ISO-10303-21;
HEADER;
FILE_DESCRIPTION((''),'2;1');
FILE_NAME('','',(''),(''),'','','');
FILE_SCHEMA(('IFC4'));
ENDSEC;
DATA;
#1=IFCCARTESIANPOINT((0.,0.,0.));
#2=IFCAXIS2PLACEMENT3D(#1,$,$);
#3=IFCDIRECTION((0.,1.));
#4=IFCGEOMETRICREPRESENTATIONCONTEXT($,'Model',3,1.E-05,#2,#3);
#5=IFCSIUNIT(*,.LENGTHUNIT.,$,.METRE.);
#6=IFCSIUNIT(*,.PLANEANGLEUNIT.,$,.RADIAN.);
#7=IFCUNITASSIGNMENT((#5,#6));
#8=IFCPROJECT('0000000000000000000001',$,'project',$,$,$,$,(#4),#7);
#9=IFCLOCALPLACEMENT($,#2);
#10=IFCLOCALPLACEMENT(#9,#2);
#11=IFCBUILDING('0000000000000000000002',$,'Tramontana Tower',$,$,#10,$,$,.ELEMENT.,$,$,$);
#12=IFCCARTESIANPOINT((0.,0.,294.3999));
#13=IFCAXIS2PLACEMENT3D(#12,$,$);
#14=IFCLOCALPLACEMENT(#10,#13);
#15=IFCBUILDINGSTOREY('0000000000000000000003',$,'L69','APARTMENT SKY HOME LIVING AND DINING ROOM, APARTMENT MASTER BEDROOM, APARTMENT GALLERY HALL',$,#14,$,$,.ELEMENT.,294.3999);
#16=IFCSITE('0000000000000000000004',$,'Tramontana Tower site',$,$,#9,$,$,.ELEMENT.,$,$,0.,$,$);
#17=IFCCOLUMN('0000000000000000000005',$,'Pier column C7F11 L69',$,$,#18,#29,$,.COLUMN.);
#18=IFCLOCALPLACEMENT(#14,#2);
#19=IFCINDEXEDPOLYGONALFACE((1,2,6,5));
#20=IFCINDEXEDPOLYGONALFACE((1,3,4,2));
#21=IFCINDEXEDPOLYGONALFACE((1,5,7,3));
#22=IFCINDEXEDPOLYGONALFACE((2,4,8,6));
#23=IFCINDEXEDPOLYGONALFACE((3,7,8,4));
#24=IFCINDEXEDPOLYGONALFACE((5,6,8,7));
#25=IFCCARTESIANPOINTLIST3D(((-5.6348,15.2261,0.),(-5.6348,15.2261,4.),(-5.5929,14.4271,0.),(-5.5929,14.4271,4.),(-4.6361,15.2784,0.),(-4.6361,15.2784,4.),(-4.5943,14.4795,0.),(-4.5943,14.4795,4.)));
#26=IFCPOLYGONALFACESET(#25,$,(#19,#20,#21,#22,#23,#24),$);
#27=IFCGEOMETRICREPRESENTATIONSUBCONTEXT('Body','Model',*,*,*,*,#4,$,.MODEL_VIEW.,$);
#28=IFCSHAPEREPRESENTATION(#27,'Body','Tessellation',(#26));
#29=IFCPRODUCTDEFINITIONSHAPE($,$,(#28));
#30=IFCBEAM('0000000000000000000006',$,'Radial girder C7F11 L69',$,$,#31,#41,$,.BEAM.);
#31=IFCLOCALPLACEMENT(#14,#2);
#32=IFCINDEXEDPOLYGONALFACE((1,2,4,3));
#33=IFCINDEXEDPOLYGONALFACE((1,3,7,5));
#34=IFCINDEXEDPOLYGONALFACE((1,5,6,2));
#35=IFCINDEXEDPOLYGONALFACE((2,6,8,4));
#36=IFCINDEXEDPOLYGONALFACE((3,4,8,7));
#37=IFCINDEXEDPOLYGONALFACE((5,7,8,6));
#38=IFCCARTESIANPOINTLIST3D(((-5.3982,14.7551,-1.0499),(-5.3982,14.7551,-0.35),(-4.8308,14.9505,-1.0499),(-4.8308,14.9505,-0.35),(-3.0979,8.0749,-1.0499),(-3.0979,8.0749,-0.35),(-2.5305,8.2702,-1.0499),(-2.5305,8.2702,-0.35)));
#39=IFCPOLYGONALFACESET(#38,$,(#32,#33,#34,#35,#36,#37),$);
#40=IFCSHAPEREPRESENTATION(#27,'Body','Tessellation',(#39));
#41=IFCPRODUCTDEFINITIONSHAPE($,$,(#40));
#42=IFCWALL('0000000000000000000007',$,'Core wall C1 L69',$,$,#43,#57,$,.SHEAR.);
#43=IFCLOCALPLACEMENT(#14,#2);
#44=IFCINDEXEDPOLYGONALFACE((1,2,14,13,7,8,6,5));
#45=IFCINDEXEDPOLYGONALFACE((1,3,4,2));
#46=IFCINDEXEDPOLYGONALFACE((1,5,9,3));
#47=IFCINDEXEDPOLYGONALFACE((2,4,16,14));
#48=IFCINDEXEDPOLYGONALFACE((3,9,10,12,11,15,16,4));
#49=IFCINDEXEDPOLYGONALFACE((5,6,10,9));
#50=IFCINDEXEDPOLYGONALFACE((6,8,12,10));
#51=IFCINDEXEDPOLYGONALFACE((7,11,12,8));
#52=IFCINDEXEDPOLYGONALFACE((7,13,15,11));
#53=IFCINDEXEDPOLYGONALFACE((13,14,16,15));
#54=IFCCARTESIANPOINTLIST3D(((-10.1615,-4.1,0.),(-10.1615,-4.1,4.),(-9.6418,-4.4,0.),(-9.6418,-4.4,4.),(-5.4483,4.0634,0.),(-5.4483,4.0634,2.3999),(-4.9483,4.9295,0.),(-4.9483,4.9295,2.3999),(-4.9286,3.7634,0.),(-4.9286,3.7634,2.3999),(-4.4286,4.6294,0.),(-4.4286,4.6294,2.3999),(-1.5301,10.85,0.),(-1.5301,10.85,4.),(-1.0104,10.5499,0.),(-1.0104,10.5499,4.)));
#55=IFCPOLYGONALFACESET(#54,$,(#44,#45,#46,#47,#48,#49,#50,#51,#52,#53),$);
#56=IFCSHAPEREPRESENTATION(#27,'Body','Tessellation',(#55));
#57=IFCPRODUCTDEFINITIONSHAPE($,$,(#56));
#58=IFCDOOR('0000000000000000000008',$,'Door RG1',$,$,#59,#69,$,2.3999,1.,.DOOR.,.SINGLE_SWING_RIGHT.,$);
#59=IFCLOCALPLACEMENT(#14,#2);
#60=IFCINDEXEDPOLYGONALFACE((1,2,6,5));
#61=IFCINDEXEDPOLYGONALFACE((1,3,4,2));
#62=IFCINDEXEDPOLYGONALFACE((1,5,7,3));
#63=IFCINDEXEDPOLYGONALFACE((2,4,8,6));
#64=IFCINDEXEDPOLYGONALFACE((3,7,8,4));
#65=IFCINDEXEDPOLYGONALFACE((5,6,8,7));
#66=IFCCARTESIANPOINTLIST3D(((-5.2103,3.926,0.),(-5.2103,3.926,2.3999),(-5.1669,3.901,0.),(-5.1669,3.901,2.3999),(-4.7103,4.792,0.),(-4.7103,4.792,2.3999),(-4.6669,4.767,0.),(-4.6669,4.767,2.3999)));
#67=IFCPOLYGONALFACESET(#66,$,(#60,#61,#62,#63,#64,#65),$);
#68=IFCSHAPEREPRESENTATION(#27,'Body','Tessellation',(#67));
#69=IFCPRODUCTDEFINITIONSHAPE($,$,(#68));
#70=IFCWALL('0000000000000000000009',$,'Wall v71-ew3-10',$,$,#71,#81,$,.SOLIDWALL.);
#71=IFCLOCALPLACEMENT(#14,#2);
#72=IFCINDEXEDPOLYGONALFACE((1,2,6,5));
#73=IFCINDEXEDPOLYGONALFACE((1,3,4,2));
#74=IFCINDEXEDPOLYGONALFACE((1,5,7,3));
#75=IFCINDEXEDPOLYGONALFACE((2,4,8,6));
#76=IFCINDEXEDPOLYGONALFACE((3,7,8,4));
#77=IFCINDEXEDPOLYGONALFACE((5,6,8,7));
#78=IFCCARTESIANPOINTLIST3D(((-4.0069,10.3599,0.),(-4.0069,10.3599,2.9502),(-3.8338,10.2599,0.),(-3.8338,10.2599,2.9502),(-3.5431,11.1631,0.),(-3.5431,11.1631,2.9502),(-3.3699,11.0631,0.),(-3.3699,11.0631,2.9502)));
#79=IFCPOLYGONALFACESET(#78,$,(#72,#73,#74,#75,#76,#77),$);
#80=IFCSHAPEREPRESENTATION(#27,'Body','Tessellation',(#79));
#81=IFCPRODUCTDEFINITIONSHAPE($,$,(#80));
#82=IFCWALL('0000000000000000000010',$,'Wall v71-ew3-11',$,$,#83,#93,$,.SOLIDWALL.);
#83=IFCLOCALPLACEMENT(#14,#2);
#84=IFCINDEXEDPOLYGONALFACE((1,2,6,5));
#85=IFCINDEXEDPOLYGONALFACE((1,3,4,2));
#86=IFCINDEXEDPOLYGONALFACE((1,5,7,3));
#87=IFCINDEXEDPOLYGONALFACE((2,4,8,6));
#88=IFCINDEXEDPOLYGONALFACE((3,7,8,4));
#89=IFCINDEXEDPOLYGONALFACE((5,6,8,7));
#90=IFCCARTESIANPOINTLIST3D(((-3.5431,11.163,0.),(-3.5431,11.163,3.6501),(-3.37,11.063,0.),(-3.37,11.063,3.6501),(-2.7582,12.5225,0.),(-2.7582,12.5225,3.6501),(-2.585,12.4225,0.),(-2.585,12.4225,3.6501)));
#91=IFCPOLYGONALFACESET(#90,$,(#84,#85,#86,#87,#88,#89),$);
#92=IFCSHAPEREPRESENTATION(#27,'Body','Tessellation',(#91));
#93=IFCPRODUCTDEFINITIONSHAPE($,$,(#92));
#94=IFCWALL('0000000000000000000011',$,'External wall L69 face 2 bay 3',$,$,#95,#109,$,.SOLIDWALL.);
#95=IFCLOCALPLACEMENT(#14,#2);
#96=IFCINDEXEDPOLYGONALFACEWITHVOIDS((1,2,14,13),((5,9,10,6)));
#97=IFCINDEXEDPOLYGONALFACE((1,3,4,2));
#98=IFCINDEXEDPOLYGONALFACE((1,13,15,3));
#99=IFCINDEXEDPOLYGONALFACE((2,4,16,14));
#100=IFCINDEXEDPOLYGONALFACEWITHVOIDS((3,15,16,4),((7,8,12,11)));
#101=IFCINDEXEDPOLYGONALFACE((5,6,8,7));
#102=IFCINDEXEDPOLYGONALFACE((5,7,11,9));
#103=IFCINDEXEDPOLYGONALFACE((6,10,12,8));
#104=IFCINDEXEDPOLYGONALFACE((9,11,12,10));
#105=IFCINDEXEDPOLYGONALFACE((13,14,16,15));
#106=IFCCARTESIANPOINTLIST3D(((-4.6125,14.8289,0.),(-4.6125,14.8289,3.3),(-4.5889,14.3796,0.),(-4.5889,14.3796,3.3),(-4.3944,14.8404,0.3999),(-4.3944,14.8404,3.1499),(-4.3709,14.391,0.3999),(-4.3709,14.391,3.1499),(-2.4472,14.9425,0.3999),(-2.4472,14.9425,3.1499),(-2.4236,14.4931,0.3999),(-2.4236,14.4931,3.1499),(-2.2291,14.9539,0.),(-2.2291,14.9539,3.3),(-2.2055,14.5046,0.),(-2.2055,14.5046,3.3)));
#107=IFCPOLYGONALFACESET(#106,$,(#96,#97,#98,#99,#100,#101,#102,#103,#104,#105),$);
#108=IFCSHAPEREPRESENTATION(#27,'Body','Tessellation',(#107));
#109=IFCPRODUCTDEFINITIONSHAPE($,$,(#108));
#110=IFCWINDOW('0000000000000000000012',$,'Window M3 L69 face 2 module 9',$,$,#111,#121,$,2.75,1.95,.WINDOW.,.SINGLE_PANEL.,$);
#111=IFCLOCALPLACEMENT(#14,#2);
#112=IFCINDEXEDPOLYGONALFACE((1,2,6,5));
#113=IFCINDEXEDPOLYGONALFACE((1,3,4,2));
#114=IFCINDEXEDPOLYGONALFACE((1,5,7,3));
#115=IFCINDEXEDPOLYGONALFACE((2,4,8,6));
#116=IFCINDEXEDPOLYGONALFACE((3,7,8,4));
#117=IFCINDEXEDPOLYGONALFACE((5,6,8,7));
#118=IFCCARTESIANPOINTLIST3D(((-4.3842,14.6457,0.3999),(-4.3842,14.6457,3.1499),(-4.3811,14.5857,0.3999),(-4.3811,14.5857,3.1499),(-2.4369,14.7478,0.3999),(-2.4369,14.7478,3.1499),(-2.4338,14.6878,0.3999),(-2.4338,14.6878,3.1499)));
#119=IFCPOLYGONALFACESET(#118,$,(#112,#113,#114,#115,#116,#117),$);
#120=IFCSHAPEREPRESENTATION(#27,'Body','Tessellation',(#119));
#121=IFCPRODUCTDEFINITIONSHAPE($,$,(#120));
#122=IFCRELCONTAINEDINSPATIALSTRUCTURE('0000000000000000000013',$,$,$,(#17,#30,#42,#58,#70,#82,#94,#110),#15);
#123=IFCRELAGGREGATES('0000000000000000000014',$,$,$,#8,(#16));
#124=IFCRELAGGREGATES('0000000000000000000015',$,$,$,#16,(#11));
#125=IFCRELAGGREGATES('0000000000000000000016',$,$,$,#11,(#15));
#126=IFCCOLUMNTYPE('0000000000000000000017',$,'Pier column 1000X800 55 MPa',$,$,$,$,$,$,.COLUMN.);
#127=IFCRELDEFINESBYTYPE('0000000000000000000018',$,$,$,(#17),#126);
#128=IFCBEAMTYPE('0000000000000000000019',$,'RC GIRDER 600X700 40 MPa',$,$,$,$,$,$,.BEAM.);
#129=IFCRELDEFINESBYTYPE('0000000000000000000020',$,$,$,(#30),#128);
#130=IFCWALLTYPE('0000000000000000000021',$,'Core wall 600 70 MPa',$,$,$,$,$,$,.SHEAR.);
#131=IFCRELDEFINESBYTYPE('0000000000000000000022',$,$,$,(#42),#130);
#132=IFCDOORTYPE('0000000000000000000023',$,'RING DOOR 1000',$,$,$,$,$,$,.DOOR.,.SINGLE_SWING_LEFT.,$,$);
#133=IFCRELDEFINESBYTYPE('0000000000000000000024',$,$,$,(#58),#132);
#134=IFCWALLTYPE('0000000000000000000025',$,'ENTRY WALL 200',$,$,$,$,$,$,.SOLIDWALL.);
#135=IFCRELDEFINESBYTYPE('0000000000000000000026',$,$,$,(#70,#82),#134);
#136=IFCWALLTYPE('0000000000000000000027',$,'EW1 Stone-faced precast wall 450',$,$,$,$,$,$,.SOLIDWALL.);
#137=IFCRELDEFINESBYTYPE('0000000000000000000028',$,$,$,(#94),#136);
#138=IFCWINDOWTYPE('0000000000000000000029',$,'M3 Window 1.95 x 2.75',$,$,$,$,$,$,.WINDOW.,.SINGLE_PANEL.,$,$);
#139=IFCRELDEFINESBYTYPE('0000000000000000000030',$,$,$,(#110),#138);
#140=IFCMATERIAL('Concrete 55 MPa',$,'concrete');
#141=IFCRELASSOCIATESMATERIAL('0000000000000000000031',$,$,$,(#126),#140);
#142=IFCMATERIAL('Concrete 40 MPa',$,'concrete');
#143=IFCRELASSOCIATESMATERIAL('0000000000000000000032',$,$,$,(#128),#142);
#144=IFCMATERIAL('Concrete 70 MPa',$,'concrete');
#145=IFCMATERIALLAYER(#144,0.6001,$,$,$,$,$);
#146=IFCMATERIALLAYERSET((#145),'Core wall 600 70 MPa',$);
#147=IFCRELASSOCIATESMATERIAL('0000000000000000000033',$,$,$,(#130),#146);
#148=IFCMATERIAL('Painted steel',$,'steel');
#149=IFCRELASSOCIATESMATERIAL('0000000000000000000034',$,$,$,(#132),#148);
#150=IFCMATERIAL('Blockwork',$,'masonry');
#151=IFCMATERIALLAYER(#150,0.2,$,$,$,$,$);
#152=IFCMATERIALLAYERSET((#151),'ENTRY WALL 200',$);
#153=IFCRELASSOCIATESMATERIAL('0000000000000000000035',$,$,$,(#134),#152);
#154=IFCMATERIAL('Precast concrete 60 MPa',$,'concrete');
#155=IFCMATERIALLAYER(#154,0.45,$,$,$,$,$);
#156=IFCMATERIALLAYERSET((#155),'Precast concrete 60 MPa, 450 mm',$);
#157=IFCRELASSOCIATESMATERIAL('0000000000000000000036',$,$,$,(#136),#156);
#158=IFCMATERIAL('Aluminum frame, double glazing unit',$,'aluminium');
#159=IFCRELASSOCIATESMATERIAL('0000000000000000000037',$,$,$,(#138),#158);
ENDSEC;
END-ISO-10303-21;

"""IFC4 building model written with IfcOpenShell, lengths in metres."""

from ifc_helpers import new_model, si_unit, direction, frame, frame_2d, origin, origin_2d, place, context, subcontext, project, spatial, rectangle, extrude, material, layer, layer_set, material_profile, profile_set, type_object, element, fill, save


model = new_model("IFC4")

# Units and contexts
model_context = context("Model", 3, precision=1e-05, world=origin(), true_north=direction((0.0, 1.0)))
body_context = subcontext(model_context, "Body", "Model", "MODEL_VIEW")
ifc_project = project(units=[si_unit("LENGTHUNIT", "METRE"), si_unit("PLANEANGLEUNIT", "RADIAN")], contexts=[model_context])

# Site, building, storey
site_placement = place(None, origin())
site = spatial("IfcSite", under=ifc_project, at=site_placement, Name="Tramontana Tower site", CompositionType="ELEMENT", RefElevation=0.0)
building_placement = place(site_placement, origin())
building = spatial("IfcBuilding", under=site, at=building_placement, Name="Tramontana Tower", CompositionType="ELEMENT")
storey_placement = place(building_placement, frame((0.0, 0.0, 294.3999)))
storey = spatial("IfcBuildingStorey", under=building, at=storey_placement, Name="L69", Description="APARTMENT SKY HOME LIVING AND DINING ROOM, APARTMENT MASTER BEDROOM, APARTMENT GALLERY HALL", CompositionType="ELEMENT", Elevation=294.3999)

# Column
ifc_material_1 = material(Name="Concrete 55 MPa", Category="concrete")
ifc_material_profile_1 = material_profile(ifc_material_1, rectangle(XDim=1.0, YDim=0.8, at=origin_2d()), Name="Pier column 1000X800 55 MPa")
ifc_profile_set_1 = profile_set([ifc_material_profile_1], Name="Concrete 55 MPa")
column_type = type_object("IfcColumnType", Name="Pier column 1000X800 55 MPa", PredefinedType="COLUMN", material=ifc_profile_set_1)
column_placement = place(storey_placement, frame((-5.1145, 14.8528, 0.0), z_axis=(0.0, 0.0, 1.0), x_axis=(-0.99863, -0.052336, 0.0)))
element("IfcColumn", 1, at=column_placement, inside=storey, type_object=column_type, Name="Pier column C7F11 L69", PredefinedType="COLUMN", context=body_context, shape_type="SweptSolid", body=[
    extrude(rectangle(XDim=1.0, YDim=0.8, at=origin_2d()), origin(), (0.0, 0.0, 1.0), 4.0),
])

# Beam
ifc_material_2 = material(Name="Concrete 40 MPa", Category="concrete")
ifc_material_profile_2 = material_profile(ifc_material_2, rectangle(XDim=0.6001, YDim=0.7, at=origin_2d()), Name="RC GIRDER 600X700 40 MPa")
ifc_profile_set_2 = profile_set([ifc_material_profile_2], Name="Concrete 40 MPa")
beam_type = type_object("IfcBeamType", Name="RC GIRDER 600X700 40 MPa", PredefinedType="BEAM", material=ifc_profile_set_2)
beam_placement = place(storey_placement, frame((-5.1145, 14.8528, -0.7), z_axis=(0.325584, -0.945513, 0.0), x_axis=(0.945513, 0.325584, 0.0)))
element("IfcBeam", 2, at=beam_placement, inside=storey, type_object=beam_type, Name="Radial girder C7F11 L69", PredefinedType="BEAM", context=body_context, shape_type="SweptSolid", body=[
    extrude(rectangle(XDim=0.6001, YDim=0.7, at=origin_2d()), origin(), (0.0, 0.0, 1.0), 7.0652),
])

# Wall, opening, door
ifc_material_3 = material(Name="Concrete 70 MPa", Category="concrete")
ifc_layer_1 = layer(ifc_material_3, 0.6001)
ifc_layer_set_1 = layer_set([ifc_layer_1], Name="Core wall 600 70 MPa")
wall_type_1 = type_object("IfcWallType", Name="Core wall 600 70 MPa", PredefinedType="SHEAR", material=ifc_layer_set_1)
wall_1_placement = place(storey_placement, frame((-1.2703, 10.7, 0.0), z_axis=(0.0, 0.0, 1.0), x_axis=(-0.5, -0.866026, 0.0)))
wall_1 = element("IfcWall", 3, at=wall_1_placement, inside=storey, type_object=wall_type_1, Name="Core wall C1 L69", PredefinedType="SHEAR", context=body_context, shape_type="SweptSolid", body=[
    extrude(rectangle(XDim=17.2627, YDim=0.6001, at=frame_2d((8.6313, 0.0))), origin(), (0.0, 0.0, 1.0), 4.0),
])
opening_1_placement = place(wall_1_placement, frame((6.8364, 0.0, 0.0)))
opening_1 = element("IfcOpeningElement", 4, at=opening_1_placement, cuts=wall_1, PredefinedType="OPENING", context=body_context, shape_type="SweptSolid", body=[
    extrude(rectangle(XDim=1.0, YDim=2.3999, at=frame_2d((0.5, 1.2))), frame((0.0, 0.3101, 0.0), z_axis=(0.0, -1.0, 0.0), x_axis=(1.0, 0.0, 0.0)), (0.0, 0.0, 1.0), 0.6201),
])
ifc_material_4 = material(Name="Painted steel", Category="steel")
door_type_1 = type_object("IfcDoorType", Name="RING DOOR 1000", OperationType="SINGLE_SWING_LEFT", PredefinedType="DOOR", material=ifc_material_4)
door_1_placement = place(opening_1_placement, origin())
door_1 = element("IfcDoor", 5, at=door_1_placement, inside=storey, type_object=door_type_1, Name="Door RG1", OperationType="SINGLE_SWING_RIGHT", OverallHeight=2.3999, OverallWidth=1.0, PredefinedType="DOOR", context=body_context, shape_type="SweptSolid", body=[
    extrude(rectangle(XDim=1.0, YDim=2.3999, at=frame_2d((0.5, 1.2))), frame((0.0, 0.0249, 0.0), z_axis=(0.0, -1.0, 0.0), x_axis=(1.0, 0.0, 0.0)), (0.0, 0.0, 1.0), 0.05),
])
fill(opening_1, door_1)

# Walls
ifc_material_5 = material(Name="Blockwork", Category="masonry")
ifc_layer_2 = layer(ifc_material_5, 0.2)
ifc_layer_set_2 = layer_set([ifc_layer_2], Name="ENTRY WALL 200")
wall_type_2 = type_object("IfcWallType", Name="ENTRY WALL 200", PredefinedType="SOLIDWALL", material=ifc_layer_set_2)
wall_2_placement = place(storey_placement, frame((-3.9204, 10.3098, 0.0), z_axis=(0.0, 0.0, 1.0), x_axis=(0.500102, 0.865966, 0.0)))
element("IfcWall", 6, at=wall_2_placement, inside=storey, type_object=wall_type_2, Name="Wall v71-ew3-10", PredefinedType="SOLIDWALL", context=body_context, shape_type="SweptSolid", body=[
    extrude(rectangle(XDim=0.9275, YDim=0.2, at=frame_2d((0.4639, 0.0))), origin(), (0.0, 0.0, 1.0), 2.9502),
])
wall_3_placement = place(storey_placement, frame((-3.4565, 11.113, 0.0), z_axis=(0.0, 0.0, 1.0), x_axis=(0.500037, 0.866004, 0.0)))
element("IfcWall", 7, at=wall_3_placement, inside=storey, type_object=wall_type_2, Name="Wall v71-ew3-11", PredefinedType="SOLIDWALL", context=body_context, shape_type="SweptSolid", body=[
    extrude(rectangle(XDim=1.5698, YDim=0.2, at=frame_2d((0.7849, 0.0))), origin(), (0.0, 0.0, 1.0), 3.6501),
])

# Wall, opening, window
ifc_material_6 = material(Name="Precast concrete 60 MPa", Category="concrete")
ifc_layer_3 = layer(ifc_material_6, 0.45)
ifc_layer_set_3 = layer_set([ifc_layer_3], Name="Precast concrete 60 MPa, 450 mm")
wall_type_3 = type_object("IfcWallType", Name="EW1 Stone-faced precast wall 450", PredefinedType="SOLIDWALL", material=ifc_layer_set_3)
wall_4_placement = place(storey_placement, frame((-2.2173, 14.7292, 0.0), z_axis=(0.0, 0.0, 1.0), x_axis=(-0.998628, -0.052371, 0.0)))
wall_4 = element("IfcWall", 8, at=wall_4_placement, inside=storey, type_object=wall_type_3, Name="External wall L69 face 2 bay 3", PredefinedType="SOLIDWALL", context=body_context, shape_type="SweptSolid", body=[
    extrude(rectangle(XDim=2.3867, YDim=0.45, at=frame_2d((1.1934, 0.0))), origin(), (0.0, 0.0, 1.0), 3.3),
])
opening_2_placement = place(wall_4_placement, frame((0.2183, 0.0, 0.3999)))
opening_2 = element("IfcOpeningElement", 9, at=opening_2_placement, cuts=wall_4, PredefinedType="OPENING", context=body_context, shape_type="SweptSolid", body=[
    extrude(rectangle(XDim=1.95, YDim=2.75, at=frame_2d((0.9751, 1.375))), frame((0.0, 0.2349, 0.0), z_axis=(0.0, -1.0, 0.0), x_axis=(1.0, 0.0, 0.0)), (0.0, 0.0, 1.0), 0.47),
])
ifc_material_7 = material(Name="Aluminum frame, double glazing unit", Category="aluminium")
window_type_1 = type_object("IfcWindowType", Name="M3 Window 1.95 x 2.75", PartitioningType="SINGLE_PANEL", PredefinedType="WINDOW", material=ifc_material_7)
window_1_placement = place(opening_2_placement, origin())
window_1 = element("IfcWindow", 10, at=window_1_placement, inside=storey, type_object=window_type_1, Name="Window M3 L69 face 2 module 9", OverallHeight=2.75, OverallWidth=1.95, PartitioningType="SINGLE_PANEL", PredefinedType="WINDOW", context=body_context, shape_type="SweptSolid", body=[
    extrude(rectangle(XDim=1.95, YDim=2.75, at=frame_2d((0.9751, 1.375))), frame((0.0, 0.03, 0.0), z_axis=(0.0, -1.0, 0.0), x_axis=(1.0, 0.0, 0.0)), (0.0, 0.0, 1.0), 0.0601),
])
fill(opening_2, window_1)

save(model, "model.ifc")
